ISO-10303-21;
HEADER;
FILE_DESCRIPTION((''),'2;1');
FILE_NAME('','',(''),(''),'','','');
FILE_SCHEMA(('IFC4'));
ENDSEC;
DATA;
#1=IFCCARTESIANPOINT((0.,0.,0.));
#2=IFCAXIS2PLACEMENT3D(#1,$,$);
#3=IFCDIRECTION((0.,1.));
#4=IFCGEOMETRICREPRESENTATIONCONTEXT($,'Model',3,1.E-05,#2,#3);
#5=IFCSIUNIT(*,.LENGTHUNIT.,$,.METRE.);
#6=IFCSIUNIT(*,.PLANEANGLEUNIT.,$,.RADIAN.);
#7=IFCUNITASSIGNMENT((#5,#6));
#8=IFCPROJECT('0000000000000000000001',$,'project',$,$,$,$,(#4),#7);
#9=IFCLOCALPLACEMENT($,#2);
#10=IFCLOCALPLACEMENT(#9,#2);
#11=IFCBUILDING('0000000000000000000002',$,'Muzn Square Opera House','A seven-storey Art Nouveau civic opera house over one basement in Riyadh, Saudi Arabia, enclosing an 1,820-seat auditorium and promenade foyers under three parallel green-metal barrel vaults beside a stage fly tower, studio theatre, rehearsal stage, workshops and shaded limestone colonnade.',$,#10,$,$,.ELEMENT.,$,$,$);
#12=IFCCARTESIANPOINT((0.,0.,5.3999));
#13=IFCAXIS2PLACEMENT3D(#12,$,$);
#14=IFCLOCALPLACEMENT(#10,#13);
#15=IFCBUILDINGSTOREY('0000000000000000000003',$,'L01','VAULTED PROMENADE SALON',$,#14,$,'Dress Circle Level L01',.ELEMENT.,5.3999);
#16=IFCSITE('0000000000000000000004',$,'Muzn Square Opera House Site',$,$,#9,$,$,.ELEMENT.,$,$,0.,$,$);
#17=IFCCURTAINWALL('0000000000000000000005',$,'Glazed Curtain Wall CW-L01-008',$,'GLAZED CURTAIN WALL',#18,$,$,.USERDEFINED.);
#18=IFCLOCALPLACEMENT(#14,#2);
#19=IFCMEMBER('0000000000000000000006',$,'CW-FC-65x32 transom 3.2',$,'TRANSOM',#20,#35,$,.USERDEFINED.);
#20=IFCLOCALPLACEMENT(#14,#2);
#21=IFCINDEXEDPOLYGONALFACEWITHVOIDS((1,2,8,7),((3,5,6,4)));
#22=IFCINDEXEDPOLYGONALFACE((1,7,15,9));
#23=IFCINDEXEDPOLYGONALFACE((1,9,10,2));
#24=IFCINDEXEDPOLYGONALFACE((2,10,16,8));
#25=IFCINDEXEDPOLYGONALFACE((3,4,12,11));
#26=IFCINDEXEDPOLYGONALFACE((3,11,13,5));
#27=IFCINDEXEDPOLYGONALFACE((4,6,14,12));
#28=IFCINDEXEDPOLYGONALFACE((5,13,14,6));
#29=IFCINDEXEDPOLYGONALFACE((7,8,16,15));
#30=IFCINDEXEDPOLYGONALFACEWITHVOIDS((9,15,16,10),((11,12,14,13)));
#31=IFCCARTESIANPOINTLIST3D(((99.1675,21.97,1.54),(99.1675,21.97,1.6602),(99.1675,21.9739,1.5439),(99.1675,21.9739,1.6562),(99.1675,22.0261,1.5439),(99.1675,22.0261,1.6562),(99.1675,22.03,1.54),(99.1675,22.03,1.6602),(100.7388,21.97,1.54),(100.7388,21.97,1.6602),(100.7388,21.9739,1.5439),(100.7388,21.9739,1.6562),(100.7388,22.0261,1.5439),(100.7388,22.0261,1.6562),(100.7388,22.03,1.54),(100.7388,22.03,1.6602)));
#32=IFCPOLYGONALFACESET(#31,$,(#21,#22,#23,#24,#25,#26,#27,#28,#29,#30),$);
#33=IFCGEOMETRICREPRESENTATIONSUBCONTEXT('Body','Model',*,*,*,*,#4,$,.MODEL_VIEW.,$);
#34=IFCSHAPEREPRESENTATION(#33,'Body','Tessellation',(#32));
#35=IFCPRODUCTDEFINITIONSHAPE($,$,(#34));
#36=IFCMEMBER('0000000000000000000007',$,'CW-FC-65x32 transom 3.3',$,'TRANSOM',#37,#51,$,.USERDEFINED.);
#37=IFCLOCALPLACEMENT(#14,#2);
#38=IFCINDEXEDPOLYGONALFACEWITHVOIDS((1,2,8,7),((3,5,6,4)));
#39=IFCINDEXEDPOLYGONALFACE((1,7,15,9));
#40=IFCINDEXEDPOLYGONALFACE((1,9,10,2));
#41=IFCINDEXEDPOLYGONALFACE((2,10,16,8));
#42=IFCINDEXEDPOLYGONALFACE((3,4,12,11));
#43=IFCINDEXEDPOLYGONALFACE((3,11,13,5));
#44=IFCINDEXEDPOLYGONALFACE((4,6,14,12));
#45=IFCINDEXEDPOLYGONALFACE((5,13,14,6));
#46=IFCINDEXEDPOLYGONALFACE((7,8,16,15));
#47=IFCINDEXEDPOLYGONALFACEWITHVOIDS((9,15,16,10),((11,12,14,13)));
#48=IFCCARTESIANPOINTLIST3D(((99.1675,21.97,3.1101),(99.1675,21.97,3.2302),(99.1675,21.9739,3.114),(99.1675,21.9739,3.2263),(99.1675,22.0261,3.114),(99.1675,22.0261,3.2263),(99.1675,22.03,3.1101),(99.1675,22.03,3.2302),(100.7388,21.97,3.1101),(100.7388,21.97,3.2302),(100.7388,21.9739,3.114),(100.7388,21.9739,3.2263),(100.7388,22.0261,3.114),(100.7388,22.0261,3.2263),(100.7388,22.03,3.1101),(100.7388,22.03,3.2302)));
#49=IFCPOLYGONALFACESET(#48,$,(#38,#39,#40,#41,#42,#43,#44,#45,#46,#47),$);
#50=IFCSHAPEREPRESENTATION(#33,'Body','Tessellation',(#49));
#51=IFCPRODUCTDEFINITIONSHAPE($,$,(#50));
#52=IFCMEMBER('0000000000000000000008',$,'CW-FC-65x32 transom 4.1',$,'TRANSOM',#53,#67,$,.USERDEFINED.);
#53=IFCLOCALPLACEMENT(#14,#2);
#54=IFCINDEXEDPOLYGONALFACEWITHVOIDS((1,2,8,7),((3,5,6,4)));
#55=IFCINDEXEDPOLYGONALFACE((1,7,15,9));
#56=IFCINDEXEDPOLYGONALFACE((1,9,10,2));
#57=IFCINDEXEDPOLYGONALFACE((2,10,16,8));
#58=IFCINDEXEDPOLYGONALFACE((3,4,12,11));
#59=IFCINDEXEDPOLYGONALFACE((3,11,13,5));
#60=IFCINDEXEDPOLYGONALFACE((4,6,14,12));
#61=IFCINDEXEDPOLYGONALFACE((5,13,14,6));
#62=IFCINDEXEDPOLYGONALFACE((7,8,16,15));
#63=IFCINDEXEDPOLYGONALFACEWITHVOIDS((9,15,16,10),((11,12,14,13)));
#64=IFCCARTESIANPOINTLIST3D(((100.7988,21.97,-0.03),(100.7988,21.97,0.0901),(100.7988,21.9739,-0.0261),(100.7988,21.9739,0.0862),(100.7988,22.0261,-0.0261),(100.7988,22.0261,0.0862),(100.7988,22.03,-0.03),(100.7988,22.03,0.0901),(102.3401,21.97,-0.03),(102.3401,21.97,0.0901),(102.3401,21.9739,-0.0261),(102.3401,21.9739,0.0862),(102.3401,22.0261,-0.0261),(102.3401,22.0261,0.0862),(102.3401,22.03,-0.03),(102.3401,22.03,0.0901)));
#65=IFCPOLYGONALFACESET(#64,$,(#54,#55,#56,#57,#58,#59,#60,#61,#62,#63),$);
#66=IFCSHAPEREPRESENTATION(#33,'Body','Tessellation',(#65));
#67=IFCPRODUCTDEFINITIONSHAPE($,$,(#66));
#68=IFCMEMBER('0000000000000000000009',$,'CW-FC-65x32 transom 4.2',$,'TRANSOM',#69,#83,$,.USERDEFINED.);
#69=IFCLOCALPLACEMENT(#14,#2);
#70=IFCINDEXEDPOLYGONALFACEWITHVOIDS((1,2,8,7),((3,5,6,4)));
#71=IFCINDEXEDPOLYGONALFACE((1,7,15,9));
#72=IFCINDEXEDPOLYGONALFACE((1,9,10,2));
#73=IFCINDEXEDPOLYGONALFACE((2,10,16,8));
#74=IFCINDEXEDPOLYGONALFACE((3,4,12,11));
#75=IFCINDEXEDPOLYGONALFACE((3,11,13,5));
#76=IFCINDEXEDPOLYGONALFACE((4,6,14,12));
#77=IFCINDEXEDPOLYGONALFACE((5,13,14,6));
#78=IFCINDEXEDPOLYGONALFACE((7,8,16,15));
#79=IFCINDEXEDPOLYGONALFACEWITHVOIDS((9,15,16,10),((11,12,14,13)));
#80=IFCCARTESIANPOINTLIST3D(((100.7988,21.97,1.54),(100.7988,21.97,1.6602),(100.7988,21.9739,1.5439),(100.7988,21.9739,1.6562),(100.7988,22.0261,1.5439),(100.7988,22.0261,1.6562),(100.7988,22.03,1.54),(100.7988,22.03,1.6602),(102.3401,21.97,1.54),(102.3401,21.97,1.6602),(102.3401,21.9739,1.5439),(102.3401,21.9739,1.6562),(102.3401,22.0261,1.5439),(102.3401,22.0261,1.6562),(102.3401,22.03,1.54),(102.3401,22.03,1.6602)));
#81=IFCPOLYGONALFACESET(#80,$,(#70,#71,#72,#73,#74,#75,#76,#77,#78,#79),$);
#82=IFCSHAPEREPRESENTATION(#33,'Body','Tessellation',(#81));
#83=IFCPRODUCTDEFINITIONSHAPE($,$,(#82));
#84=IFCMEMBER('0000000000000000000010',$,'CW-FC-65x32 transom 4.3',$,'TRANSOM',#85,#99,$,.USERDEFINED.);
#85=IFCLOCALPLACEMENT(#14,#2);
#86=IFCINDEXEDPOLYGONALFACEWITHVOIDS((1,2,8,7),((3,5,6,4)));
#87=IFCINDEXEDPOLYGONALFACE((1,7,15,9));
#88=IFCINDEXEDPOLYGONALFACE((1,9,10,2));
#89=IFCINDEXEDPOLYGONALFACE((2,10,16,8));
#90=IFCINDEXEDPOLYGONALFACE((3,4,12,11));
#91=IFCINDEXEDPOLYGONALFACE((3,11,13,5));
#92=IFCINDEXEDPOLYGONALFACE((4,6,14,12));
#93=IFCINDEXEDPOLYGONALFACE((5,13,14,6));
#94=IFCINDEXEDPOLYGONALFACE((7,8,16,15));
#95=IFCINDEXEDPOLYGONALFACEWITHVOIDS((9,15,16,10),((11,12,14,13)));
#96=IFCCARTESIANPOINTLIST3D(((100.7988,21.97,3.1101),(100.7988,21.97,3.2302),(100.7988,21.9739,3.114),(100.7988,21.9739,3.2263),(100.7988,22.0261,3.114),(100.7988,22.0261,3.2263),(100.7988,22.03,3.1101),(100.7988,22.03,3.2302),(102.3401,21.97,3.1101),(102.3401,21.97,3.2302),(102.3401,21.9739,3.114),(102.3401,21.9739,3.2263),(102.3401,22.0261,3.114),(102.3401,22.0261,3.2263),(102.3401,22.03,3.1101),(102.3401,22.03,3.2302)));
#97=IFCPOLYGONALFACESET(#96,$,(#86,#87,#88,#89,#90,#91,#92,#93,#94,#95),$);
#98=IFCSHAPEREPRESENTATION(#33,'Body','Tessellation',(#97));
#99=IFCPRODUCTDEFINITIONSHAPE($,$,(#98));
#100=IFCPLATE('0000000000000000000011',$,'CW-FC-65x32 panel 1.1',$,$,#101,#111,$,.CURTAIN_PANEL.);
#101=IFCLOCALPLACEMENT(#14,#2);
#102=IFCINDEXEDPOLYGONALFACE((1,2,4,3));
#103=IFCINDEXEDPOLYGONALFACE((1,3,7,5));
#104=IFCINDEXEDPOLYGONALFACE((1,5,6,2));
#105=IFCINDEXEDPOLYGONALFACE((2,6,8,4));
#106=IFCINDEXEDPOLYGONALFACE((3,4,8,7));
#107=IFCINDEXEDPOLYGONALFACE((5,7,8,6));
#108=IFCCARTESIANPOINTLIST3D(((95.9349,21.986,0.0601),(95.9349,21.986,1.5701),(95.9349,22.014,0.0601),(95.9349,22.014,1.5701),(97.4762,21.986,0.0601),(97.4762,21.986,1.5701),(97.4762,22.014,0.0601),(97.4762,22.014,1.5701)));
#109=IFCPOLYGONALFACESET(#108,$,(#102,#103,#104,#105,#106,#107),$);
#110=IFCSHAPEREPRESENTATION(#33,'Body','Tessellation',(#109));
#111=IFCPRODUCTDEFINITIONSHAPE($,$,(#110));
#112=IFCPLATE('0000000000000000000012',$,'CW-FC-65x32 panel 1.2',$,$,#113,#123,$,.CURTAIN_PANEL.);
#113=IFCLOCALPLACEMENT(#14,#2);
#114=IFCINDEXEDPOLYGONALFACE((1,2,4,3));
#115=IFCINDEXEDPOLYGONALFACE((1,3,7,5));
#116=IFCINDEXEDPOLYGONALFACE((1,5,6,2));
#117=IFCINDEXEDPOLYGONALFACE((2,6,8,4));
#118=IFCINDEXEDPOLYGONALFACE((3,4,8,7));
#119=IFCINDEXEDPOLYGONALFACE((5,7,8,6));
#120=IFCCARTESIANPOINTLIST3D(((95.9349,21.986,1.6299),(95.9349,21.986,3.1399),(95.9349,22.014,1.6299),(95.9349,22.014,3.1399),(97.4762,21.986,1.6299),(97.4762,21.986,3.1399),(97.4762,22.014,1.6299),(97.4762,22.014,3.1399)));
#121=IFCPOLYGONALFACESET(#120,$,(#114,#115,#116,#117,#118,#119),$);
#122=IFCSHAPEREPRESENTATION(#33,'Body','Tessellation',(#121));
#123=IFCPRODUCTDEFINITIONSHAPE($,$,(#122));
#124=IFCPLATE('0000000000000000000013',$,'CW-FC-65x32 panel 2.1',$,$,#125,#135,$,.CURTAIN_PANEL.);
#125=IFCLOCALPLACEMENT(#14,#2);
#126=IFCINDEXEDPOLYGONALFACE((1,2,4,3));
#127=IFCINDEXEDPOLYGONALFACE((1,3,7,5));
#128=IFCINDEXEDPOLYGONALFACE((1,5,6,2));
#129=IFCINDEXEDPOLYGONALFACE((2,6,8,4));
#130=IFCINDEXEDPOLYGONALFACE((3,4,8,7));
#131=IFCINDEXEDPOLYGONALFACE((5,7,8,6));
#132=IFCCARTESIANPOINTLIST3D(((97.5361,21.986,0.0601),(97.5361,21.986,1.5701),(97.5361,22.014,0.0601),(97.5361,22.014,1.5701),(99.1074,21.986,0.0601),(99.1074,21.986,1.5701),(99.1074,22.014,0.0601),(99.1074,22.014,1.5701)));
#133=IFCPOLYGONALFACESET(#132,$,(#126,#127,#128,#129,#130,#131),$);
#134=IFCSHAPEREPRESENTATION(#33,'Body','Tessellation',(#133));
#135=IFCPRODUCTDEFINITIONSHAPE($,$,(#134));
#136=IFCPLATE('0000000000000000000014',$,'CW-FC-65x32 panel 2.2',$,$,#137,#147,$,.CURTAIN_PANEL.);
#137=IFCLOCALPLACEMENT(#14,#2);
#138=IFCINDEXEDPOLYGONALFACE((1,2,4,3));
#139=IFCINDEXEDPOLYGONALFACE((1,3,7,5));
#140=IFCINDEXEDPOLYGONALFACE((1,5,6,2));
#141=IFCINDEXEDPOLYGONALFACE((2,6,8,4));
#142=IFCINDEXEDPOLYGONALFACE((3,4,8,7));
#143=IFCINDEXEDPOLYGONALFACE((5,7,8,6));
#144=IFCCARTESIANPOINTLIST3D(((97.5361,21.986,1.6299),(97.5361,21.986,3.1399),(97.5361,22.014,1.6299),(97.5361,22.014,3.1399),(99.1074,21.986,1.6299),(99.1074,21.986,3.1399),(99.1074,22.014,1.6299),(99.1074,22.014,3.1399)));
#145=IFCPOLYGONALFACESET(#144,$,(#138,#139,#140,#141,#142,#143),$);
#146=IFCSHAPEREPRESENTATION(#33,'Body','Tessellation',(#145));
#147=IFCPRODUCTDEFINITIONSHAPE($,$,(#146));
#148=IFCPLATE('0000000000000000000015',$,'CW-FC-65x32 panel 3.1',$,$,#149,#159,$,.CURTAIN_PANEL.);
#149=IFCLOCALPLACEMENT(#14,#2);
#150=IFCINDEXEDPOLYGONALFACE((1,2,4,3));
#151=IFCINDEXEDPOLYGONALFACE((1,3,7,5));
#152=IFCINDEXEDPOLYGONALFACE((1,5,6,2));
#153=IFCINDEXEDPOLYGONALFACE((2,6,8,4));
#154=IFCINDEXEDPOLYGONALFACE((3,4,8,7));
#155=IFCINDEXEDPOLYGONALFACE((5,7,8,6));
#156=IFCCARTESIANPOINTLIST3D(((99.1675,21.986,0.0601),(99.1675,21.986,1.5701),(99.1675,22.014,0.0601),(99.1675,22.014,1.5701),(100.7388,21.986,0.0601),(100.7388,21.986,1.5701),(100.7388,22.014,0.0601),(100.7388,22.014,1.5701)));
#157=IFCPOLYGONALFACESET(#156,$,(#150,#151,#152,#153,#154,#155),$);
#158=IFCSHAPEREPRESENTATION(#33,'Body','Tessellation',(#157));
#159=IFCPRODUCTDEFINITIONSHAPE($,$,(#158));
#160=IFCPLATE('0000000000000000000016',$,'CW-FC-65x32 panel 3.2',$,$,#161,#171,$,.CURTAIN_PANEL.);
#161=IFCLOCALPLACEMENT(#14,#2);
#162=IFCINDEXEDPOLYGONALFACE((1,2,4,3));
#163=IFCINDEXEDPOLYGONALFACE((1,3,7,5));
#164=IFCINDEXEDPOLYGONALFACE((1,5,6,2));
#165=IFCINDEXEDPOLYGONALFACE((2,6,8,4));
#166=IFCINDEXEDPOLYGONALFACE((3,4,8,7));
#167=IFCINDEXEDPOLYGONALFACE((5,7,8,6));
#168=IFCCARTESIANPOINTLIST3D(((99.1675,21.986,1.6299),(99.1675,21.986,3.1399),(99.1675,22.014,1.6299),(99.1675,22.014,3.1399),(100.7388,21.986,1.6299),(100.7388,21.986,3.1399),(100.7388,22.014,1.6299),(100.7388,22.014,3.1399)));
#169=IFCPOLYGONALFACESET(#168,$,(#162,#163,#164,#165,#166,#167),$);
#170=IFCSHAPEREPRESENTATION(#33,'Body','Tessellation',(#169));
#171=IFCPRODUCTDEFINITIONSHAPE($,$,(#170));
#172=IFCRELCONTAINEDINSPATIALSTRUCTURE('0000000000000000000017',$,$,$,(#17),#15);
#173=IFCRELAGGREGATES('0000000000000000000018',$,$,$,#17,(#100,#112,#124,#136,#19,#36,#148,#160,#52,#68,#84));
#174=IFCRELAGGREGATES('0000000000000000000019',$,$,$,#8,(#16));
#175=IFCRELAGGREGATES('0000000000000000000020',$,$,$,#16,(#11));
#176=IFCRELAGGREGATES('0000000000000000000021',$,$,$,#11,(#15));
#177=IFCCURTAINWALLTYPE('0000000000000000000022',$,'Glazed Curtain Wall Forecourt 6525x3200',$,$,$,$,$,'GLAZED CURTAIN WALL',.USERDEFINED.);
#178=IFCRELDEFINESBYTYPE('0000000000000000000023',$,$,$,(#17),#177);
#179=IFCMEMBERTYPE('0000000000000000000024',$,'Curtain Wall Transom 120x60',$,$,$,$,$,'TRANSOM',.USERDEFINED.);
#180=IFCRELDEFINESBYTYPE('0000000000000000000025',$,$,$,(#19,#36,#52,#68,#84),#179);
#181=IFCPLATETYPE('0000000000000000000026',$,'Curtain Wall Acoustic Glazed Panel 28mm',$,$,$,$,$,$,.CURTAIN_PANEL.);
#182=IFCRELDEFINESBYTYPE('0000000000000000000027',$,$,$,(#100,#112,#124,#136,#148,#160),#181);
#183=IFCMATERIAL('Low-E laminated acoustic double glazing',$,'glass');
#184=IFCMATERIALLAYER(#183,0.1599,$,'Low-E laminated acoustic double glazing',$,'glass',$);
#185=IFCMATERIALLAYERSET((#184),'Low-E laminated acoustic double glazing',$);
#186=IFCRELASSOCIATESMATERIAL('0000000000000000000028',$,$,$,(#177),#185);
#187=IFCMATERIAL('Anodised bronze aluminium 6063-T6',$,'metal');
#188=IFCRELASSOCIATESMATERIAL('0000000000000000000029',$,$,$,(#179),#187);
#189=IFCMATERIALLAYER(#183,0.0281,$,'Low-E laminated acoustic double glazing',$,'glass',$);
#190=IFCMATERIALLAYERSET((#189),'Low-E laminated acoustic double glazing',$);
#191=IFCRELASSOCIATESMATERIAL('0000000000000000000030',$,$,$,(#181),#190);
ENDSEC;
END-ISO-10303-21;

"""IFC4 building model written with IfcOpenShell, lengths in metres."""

from ifc_helpers import new_model, si_unit, direction, frame, origin, origin_2d, place, context, subcontext, project, spatial, rectangle, hollow_rectangle, extrude, material, layer, layer_set, material_profile, profile_set, type_object, element, aggregate, save


model = new_model("IFC4")

# Units and contexts
model_context = context("Model", 3, precision=1e-05, world=origin(), true_north=direction((0.0, 1.0)))
body_context = subcontext(model_context, "Body", "Model", "MODEL_VIEW")
ifc_project = project(units=[si_unit("LENGTHUNIT", "METRE"), si_unit("PLANEANGLEUNIT", "RADIAN")], contexts=[model_context])

# Site, building, storey
site_placement = place(None, origin())
site = spatial("IfcSite", under=ifc_project, at=site_placement, Name="Muzn Square Opera House Site", CompositionType="ELEMENT", RefElevation=0.0)
building_placement = place(site_placement, origin())
building = spatial("IfcBuilding", under=site, at=building_placement, Name="Muzn Square Opera House", Description="A seven-storey Art Nouveau civic opera house over one basement in Riyadh, Saudi Arabia, enclosing an 1,820-seat auditorium and promenade foyers under three parallel green-metal barrel vaults beside a stage fly tower, studio theatre, rehearsal stage, workshops and shaded limestone colonnade.", CompositionType="ELEMENT")
storey_placement = place(building_placement, frame((0.0, 0.0, 5.3999)))
storey = spatial("IfcBuildingStorey", under=building, at=storey_placement, Name="L01", Description="VAULTED PROMENADE SALON", LongName="Dress Circle Level L01", CompositionType="ELEMENT", Elevation=5.3999)

# Curtain wall, members, plates
ifc_material_1 = material(Name="Low-E laminated acoustic double glazing", Category="glass")
ifc_layer_1 = layer(ifc_material_1, 0.1599, Name="Low-E laminated acoustic double glazing", Category="glass")
ifc_layer_set_1 = layer_set([ifc_layer_1], Name="Low-E laminated acoustic double glazing")
curtain_wall_type = type_object("IfcCurtainWallType", Name="Glazed Curtain Wall Forecourt 6525x3200", ElementType="GLAZED CURTAIN WALL", PredefinedType="USERDEFINED", material=ifc_layer_set_1)
curtain_wall_placement = place(storey_placement, origin())
curtain_wall = element("IfcCurtainWall", 1, at=curtain_wall_placement, inside=storey, type_object=curtain_wall_type, Name="Glazed Curtain Wall CW-L01-008", ObjectType="GLAZED CURTAIN WALL", PredefinedType="USERDEFINED")
ifc_material_2 = material(Name="Anodised bronze aluminium 6063-T6", Category="metal")
ifc_material_profile_1 = material_profile(ifc_material_2, hollow_rectangle(XDim=0.0601, YDim=0.1201, WallThickness=0.0039, at=origin_2d()), Name="ALU 120x60x4", Category="metal")
ifc_profile_set_1 = profile_set([ifc_material_profile_1], Name="Anodised bronze aluminium 6063-T6")
member_type_1 = type_object("IfcMemberType", Name="Curtain Wall Transom 120x60", ElementType="TRANSOM", PredefinedType="USERDEFINED", material=ifc_profile_set_1)
member_1_placement = place(storey_placement, frame((99.1675, 22.0, 1.6001), z_axis=(1.0, 0.0, 0.0), x_axis=(0.0, 1.0, 0.0)))
member_1 = element("IfcMember", 2, at=member_1_placement, type_object=member_type_1, Name="CW-FC-65x32 transom 3.2", ObjectType="TRANSOM", PredefinedType="USERDEFINED", context=body_context, shape_type="SweptSolid", body=[
    extrude(hollow_rectangle(XDim=0.0601, YDim=0.1201, WallThickness=0.0039, at=origin_2d()), origin(), (0.0, 0.0, 1.0), 1.5713),
])
member_2_placement = place(storey_placement, frame((99.1675, 22.0, 3.1702), z_axis=(1.0, 0.0, 0.0), x_axis=(0.0, 1.0, 0.0)))
member_2 = element("IfcMember", 3, at=member_2_placement, type_object=member_type_1, Name="CW-FC-65x32 transom 3.3", ObjectType="TRANSOM", PredefinedType="USERDEFINED", context=body_context, shape_type="SweptSolid", body=[
    extrude(hollow_rectangle(XDim=0.0601, YDim=0.1201, WallThickness=0.0039, at=origin_2d()), origin(), (0.0, 0.0, 1.0), 1.5713),
])
member_3_placement = place(storey_placement, frame((100.7988, 22.0, 0.03), z_axis=(1.0, 0.0, 0.0), x_axis=(0.0, 1.0, 0.0)))
member_3 = element("IfcMember", 4, at=member_3_placement, type_object=member_type_1, Name="CW-FC-65x32 transom 4.1", ObjectType="TRANSOM", PredefinedType="USERDEFINED", context=body_context, shape_type="SweptSolid", body=[
    extrude(hollow_rectangle(XDim=0.0601, YDim=0.1201, WallThickness=0.0039, at=origin_2d()), origin(), (0.0, 0.0, 1.0), 1.5413),
])
member_4_placement = place(storey_placement, frame((100.7988, 22.0, 1.6001), z_axis=(1.0, 0.0, 0.0), x_axis=(0.0, 1.0, 0.0)))
member_4 = element("IfcMember", 5, at=member_4_placement, type_object=member_type_1, Name="CW-FC-65x32 transom 4.2", ObjectType="TRANSOM", PredefinedType="USERDEFINED", context=body_context, shape_type="SweptSolid", body=[
    extrude(hollow_rectangle(XDim=0.0601, YDim=0.1201, WallThickness=0.0039, at=origin_2d()), origin(), (0.0, 0.0, 1.0), 1.5413),
])
member_5_placement = place(storey_placement, frame((100.7988, 22.0, 3.1702), z_axis=(1.0, 0.0, 0.0), x_axis=(0.0, 1.0, 0.0)))
member_5 = element("IfcMember", 6, at=member_5_placement, type_object=member_type_1, Name="CW-FC-65x32 transom 4.3", ObjectType="TRANSOM", PredefinedType="USERDEFINED", context=body_context, shape_type="SweptSolid", body=[
    extrude(hollow_rectangle(XDim=0.0601, YDim=0.1201, WallThickness=0.0039, at=origin_2d()), origin(), (0.0, 0.0, 1.0), 1.5413),
])
ifc_layer_2 = layer(ifc_material_1, 0.0281, Name="Low-E laminated acoustic double glazing", Category="glass")
ifc_layer_set_2 = layer_set([ifc_layer_2], Name="Low-E laminated acoustic double glazing")
plate_type = type_object("IfcPlateType", Name="Curtain Wall Acoustic Glazed Panel 28mm", PredefinedType="CURTAIN_PANEL", material=ifc_layer_set_2)
plate_1_placement = place(storey_placement, frame((96.7056, 22.0, 0.0601), z_axis=(0.0, 0.0, 1.0), x_axis=(1.0, 0.0, 0.0)))
plate_1 = element("IfcPlate", 7, at=plate_1_placement, type_object=plate_type, Name="CW-FC-65x32 panel 1.1", PredefinedType="CURTAIN_PANEL", context=body_context, shape_type="SweptSolid", body=[
    extrude(rectangle(XDim=1.5413, YDim=0.0281, at=origin_2d()), origin(), (0.0, 0.0, 1.0), 1.51),
])
plate_2_placement = place(storey_placement, frame((96.7056, 22.0, 1.6299), z_axis=(0.0, 0.0, 1.0), x_axis=(1.0, 0.0, 0.0)))
plate_2 = element("IfcPlate", 8, at=plate_2_placement, type_object=plate_type, Name="CW-FC-65x32 panel 1.2", PredefinedType="CURTAIN_PANEL", context=body_context, shape_type="SweptSolid", body=[
    extrude(rectangle(XDim=1.5413, YDim=0.0281, at=origin_2d()), origin(), (0.0, 0.0, 1.0), 1.51),
])
plate_3_placement = place(storey_placement, frame((98.3218, 22.0, 0.0601), z_axis=(0.0, 0.0, 1.0), x_axis=(1.0, 0.0, 0.0)))
plate_3 = element("IfcPlate", 9, at=plate_3_placement, type_object=plate_type, Name="CW-FC-65x32 panel 2.1", PredefinedType="CURTAIN_PANEL", context=body_context, shape_type="SweptSolid", body=[
    extrude(rectangle(XDim=1.5713, YDim=0.0281, at=origin_2d()), origin(), (0.0, 0.0, 1.0), 1.51),
])
plate_4_placement = place(storey_placement, frame((98.3218, 22.0, 1.6299), z_axis=(0.0, 0.0, 1.0), x_axis=(1.0, 0.0, 0.0)))
plate_4 = element("IfcPlate", 10, at=plate_4_placement, type_object=plate_type, Name="CW-FC-65x32 panel 2.2", PredefinedType="CURTAIN_PANEL", context=body_context, shape_type="SweptSolid", body=[
    extrude(rectangle(XDim=1.5713, YDim=0.0281, at=origin_2d()), origin(), (0.0, 0.0, 1.0), 1.51),
])
plate_5_placement = place(storey_placement, frame((99.9531, 22.0, 0.0601), z_axis=(0.0, 0.0, 1.0), x_axis=(1.0, 0.0, 0.0)))
plate_5 = element("IfcPlate", 11, at=plate_5_placement, type_object=plate_type, Name="CW-FC-65x32 panel 3.1", PredefinedType="CURTAIN_PANEL", context=body_context, shape_type="SweptSolid", body=[
    extrude(rectangle(XDim=1.5713, YDim=0.0281, at=origin_2d()), origin(), (0.0, 0.0, 1.0), 1.51),
])
plate_6_placement = place(storey_placement, frame((99.9531, 22.0, 1.6299), z_axis=(0.0, 0.0, 1.0), x_axis=(1.0, 0.0, 0.0)))
plate_6 = element("IfcPlate", 12, at=plate_6_placement, type_object=plate_type, Name="CW-FC-65x32 panel 3.2", PredefinedType="CURTAIN_PANEL", context=body_context, shape_type="SweptSolid", body=[
    extrude(rectangle(XDim=1.5713, YDim=0.0281, at=origin_2d()), origin(), (0.0, 0.0, 1.0), 1.51),
])
aggregate(curtain_wall, [plate_1, plate_2, plate_3, plate_4, member_1, member_2, plate_5, plate_6, member_3, member_4, member_5])

save(model, "model.ifc")
